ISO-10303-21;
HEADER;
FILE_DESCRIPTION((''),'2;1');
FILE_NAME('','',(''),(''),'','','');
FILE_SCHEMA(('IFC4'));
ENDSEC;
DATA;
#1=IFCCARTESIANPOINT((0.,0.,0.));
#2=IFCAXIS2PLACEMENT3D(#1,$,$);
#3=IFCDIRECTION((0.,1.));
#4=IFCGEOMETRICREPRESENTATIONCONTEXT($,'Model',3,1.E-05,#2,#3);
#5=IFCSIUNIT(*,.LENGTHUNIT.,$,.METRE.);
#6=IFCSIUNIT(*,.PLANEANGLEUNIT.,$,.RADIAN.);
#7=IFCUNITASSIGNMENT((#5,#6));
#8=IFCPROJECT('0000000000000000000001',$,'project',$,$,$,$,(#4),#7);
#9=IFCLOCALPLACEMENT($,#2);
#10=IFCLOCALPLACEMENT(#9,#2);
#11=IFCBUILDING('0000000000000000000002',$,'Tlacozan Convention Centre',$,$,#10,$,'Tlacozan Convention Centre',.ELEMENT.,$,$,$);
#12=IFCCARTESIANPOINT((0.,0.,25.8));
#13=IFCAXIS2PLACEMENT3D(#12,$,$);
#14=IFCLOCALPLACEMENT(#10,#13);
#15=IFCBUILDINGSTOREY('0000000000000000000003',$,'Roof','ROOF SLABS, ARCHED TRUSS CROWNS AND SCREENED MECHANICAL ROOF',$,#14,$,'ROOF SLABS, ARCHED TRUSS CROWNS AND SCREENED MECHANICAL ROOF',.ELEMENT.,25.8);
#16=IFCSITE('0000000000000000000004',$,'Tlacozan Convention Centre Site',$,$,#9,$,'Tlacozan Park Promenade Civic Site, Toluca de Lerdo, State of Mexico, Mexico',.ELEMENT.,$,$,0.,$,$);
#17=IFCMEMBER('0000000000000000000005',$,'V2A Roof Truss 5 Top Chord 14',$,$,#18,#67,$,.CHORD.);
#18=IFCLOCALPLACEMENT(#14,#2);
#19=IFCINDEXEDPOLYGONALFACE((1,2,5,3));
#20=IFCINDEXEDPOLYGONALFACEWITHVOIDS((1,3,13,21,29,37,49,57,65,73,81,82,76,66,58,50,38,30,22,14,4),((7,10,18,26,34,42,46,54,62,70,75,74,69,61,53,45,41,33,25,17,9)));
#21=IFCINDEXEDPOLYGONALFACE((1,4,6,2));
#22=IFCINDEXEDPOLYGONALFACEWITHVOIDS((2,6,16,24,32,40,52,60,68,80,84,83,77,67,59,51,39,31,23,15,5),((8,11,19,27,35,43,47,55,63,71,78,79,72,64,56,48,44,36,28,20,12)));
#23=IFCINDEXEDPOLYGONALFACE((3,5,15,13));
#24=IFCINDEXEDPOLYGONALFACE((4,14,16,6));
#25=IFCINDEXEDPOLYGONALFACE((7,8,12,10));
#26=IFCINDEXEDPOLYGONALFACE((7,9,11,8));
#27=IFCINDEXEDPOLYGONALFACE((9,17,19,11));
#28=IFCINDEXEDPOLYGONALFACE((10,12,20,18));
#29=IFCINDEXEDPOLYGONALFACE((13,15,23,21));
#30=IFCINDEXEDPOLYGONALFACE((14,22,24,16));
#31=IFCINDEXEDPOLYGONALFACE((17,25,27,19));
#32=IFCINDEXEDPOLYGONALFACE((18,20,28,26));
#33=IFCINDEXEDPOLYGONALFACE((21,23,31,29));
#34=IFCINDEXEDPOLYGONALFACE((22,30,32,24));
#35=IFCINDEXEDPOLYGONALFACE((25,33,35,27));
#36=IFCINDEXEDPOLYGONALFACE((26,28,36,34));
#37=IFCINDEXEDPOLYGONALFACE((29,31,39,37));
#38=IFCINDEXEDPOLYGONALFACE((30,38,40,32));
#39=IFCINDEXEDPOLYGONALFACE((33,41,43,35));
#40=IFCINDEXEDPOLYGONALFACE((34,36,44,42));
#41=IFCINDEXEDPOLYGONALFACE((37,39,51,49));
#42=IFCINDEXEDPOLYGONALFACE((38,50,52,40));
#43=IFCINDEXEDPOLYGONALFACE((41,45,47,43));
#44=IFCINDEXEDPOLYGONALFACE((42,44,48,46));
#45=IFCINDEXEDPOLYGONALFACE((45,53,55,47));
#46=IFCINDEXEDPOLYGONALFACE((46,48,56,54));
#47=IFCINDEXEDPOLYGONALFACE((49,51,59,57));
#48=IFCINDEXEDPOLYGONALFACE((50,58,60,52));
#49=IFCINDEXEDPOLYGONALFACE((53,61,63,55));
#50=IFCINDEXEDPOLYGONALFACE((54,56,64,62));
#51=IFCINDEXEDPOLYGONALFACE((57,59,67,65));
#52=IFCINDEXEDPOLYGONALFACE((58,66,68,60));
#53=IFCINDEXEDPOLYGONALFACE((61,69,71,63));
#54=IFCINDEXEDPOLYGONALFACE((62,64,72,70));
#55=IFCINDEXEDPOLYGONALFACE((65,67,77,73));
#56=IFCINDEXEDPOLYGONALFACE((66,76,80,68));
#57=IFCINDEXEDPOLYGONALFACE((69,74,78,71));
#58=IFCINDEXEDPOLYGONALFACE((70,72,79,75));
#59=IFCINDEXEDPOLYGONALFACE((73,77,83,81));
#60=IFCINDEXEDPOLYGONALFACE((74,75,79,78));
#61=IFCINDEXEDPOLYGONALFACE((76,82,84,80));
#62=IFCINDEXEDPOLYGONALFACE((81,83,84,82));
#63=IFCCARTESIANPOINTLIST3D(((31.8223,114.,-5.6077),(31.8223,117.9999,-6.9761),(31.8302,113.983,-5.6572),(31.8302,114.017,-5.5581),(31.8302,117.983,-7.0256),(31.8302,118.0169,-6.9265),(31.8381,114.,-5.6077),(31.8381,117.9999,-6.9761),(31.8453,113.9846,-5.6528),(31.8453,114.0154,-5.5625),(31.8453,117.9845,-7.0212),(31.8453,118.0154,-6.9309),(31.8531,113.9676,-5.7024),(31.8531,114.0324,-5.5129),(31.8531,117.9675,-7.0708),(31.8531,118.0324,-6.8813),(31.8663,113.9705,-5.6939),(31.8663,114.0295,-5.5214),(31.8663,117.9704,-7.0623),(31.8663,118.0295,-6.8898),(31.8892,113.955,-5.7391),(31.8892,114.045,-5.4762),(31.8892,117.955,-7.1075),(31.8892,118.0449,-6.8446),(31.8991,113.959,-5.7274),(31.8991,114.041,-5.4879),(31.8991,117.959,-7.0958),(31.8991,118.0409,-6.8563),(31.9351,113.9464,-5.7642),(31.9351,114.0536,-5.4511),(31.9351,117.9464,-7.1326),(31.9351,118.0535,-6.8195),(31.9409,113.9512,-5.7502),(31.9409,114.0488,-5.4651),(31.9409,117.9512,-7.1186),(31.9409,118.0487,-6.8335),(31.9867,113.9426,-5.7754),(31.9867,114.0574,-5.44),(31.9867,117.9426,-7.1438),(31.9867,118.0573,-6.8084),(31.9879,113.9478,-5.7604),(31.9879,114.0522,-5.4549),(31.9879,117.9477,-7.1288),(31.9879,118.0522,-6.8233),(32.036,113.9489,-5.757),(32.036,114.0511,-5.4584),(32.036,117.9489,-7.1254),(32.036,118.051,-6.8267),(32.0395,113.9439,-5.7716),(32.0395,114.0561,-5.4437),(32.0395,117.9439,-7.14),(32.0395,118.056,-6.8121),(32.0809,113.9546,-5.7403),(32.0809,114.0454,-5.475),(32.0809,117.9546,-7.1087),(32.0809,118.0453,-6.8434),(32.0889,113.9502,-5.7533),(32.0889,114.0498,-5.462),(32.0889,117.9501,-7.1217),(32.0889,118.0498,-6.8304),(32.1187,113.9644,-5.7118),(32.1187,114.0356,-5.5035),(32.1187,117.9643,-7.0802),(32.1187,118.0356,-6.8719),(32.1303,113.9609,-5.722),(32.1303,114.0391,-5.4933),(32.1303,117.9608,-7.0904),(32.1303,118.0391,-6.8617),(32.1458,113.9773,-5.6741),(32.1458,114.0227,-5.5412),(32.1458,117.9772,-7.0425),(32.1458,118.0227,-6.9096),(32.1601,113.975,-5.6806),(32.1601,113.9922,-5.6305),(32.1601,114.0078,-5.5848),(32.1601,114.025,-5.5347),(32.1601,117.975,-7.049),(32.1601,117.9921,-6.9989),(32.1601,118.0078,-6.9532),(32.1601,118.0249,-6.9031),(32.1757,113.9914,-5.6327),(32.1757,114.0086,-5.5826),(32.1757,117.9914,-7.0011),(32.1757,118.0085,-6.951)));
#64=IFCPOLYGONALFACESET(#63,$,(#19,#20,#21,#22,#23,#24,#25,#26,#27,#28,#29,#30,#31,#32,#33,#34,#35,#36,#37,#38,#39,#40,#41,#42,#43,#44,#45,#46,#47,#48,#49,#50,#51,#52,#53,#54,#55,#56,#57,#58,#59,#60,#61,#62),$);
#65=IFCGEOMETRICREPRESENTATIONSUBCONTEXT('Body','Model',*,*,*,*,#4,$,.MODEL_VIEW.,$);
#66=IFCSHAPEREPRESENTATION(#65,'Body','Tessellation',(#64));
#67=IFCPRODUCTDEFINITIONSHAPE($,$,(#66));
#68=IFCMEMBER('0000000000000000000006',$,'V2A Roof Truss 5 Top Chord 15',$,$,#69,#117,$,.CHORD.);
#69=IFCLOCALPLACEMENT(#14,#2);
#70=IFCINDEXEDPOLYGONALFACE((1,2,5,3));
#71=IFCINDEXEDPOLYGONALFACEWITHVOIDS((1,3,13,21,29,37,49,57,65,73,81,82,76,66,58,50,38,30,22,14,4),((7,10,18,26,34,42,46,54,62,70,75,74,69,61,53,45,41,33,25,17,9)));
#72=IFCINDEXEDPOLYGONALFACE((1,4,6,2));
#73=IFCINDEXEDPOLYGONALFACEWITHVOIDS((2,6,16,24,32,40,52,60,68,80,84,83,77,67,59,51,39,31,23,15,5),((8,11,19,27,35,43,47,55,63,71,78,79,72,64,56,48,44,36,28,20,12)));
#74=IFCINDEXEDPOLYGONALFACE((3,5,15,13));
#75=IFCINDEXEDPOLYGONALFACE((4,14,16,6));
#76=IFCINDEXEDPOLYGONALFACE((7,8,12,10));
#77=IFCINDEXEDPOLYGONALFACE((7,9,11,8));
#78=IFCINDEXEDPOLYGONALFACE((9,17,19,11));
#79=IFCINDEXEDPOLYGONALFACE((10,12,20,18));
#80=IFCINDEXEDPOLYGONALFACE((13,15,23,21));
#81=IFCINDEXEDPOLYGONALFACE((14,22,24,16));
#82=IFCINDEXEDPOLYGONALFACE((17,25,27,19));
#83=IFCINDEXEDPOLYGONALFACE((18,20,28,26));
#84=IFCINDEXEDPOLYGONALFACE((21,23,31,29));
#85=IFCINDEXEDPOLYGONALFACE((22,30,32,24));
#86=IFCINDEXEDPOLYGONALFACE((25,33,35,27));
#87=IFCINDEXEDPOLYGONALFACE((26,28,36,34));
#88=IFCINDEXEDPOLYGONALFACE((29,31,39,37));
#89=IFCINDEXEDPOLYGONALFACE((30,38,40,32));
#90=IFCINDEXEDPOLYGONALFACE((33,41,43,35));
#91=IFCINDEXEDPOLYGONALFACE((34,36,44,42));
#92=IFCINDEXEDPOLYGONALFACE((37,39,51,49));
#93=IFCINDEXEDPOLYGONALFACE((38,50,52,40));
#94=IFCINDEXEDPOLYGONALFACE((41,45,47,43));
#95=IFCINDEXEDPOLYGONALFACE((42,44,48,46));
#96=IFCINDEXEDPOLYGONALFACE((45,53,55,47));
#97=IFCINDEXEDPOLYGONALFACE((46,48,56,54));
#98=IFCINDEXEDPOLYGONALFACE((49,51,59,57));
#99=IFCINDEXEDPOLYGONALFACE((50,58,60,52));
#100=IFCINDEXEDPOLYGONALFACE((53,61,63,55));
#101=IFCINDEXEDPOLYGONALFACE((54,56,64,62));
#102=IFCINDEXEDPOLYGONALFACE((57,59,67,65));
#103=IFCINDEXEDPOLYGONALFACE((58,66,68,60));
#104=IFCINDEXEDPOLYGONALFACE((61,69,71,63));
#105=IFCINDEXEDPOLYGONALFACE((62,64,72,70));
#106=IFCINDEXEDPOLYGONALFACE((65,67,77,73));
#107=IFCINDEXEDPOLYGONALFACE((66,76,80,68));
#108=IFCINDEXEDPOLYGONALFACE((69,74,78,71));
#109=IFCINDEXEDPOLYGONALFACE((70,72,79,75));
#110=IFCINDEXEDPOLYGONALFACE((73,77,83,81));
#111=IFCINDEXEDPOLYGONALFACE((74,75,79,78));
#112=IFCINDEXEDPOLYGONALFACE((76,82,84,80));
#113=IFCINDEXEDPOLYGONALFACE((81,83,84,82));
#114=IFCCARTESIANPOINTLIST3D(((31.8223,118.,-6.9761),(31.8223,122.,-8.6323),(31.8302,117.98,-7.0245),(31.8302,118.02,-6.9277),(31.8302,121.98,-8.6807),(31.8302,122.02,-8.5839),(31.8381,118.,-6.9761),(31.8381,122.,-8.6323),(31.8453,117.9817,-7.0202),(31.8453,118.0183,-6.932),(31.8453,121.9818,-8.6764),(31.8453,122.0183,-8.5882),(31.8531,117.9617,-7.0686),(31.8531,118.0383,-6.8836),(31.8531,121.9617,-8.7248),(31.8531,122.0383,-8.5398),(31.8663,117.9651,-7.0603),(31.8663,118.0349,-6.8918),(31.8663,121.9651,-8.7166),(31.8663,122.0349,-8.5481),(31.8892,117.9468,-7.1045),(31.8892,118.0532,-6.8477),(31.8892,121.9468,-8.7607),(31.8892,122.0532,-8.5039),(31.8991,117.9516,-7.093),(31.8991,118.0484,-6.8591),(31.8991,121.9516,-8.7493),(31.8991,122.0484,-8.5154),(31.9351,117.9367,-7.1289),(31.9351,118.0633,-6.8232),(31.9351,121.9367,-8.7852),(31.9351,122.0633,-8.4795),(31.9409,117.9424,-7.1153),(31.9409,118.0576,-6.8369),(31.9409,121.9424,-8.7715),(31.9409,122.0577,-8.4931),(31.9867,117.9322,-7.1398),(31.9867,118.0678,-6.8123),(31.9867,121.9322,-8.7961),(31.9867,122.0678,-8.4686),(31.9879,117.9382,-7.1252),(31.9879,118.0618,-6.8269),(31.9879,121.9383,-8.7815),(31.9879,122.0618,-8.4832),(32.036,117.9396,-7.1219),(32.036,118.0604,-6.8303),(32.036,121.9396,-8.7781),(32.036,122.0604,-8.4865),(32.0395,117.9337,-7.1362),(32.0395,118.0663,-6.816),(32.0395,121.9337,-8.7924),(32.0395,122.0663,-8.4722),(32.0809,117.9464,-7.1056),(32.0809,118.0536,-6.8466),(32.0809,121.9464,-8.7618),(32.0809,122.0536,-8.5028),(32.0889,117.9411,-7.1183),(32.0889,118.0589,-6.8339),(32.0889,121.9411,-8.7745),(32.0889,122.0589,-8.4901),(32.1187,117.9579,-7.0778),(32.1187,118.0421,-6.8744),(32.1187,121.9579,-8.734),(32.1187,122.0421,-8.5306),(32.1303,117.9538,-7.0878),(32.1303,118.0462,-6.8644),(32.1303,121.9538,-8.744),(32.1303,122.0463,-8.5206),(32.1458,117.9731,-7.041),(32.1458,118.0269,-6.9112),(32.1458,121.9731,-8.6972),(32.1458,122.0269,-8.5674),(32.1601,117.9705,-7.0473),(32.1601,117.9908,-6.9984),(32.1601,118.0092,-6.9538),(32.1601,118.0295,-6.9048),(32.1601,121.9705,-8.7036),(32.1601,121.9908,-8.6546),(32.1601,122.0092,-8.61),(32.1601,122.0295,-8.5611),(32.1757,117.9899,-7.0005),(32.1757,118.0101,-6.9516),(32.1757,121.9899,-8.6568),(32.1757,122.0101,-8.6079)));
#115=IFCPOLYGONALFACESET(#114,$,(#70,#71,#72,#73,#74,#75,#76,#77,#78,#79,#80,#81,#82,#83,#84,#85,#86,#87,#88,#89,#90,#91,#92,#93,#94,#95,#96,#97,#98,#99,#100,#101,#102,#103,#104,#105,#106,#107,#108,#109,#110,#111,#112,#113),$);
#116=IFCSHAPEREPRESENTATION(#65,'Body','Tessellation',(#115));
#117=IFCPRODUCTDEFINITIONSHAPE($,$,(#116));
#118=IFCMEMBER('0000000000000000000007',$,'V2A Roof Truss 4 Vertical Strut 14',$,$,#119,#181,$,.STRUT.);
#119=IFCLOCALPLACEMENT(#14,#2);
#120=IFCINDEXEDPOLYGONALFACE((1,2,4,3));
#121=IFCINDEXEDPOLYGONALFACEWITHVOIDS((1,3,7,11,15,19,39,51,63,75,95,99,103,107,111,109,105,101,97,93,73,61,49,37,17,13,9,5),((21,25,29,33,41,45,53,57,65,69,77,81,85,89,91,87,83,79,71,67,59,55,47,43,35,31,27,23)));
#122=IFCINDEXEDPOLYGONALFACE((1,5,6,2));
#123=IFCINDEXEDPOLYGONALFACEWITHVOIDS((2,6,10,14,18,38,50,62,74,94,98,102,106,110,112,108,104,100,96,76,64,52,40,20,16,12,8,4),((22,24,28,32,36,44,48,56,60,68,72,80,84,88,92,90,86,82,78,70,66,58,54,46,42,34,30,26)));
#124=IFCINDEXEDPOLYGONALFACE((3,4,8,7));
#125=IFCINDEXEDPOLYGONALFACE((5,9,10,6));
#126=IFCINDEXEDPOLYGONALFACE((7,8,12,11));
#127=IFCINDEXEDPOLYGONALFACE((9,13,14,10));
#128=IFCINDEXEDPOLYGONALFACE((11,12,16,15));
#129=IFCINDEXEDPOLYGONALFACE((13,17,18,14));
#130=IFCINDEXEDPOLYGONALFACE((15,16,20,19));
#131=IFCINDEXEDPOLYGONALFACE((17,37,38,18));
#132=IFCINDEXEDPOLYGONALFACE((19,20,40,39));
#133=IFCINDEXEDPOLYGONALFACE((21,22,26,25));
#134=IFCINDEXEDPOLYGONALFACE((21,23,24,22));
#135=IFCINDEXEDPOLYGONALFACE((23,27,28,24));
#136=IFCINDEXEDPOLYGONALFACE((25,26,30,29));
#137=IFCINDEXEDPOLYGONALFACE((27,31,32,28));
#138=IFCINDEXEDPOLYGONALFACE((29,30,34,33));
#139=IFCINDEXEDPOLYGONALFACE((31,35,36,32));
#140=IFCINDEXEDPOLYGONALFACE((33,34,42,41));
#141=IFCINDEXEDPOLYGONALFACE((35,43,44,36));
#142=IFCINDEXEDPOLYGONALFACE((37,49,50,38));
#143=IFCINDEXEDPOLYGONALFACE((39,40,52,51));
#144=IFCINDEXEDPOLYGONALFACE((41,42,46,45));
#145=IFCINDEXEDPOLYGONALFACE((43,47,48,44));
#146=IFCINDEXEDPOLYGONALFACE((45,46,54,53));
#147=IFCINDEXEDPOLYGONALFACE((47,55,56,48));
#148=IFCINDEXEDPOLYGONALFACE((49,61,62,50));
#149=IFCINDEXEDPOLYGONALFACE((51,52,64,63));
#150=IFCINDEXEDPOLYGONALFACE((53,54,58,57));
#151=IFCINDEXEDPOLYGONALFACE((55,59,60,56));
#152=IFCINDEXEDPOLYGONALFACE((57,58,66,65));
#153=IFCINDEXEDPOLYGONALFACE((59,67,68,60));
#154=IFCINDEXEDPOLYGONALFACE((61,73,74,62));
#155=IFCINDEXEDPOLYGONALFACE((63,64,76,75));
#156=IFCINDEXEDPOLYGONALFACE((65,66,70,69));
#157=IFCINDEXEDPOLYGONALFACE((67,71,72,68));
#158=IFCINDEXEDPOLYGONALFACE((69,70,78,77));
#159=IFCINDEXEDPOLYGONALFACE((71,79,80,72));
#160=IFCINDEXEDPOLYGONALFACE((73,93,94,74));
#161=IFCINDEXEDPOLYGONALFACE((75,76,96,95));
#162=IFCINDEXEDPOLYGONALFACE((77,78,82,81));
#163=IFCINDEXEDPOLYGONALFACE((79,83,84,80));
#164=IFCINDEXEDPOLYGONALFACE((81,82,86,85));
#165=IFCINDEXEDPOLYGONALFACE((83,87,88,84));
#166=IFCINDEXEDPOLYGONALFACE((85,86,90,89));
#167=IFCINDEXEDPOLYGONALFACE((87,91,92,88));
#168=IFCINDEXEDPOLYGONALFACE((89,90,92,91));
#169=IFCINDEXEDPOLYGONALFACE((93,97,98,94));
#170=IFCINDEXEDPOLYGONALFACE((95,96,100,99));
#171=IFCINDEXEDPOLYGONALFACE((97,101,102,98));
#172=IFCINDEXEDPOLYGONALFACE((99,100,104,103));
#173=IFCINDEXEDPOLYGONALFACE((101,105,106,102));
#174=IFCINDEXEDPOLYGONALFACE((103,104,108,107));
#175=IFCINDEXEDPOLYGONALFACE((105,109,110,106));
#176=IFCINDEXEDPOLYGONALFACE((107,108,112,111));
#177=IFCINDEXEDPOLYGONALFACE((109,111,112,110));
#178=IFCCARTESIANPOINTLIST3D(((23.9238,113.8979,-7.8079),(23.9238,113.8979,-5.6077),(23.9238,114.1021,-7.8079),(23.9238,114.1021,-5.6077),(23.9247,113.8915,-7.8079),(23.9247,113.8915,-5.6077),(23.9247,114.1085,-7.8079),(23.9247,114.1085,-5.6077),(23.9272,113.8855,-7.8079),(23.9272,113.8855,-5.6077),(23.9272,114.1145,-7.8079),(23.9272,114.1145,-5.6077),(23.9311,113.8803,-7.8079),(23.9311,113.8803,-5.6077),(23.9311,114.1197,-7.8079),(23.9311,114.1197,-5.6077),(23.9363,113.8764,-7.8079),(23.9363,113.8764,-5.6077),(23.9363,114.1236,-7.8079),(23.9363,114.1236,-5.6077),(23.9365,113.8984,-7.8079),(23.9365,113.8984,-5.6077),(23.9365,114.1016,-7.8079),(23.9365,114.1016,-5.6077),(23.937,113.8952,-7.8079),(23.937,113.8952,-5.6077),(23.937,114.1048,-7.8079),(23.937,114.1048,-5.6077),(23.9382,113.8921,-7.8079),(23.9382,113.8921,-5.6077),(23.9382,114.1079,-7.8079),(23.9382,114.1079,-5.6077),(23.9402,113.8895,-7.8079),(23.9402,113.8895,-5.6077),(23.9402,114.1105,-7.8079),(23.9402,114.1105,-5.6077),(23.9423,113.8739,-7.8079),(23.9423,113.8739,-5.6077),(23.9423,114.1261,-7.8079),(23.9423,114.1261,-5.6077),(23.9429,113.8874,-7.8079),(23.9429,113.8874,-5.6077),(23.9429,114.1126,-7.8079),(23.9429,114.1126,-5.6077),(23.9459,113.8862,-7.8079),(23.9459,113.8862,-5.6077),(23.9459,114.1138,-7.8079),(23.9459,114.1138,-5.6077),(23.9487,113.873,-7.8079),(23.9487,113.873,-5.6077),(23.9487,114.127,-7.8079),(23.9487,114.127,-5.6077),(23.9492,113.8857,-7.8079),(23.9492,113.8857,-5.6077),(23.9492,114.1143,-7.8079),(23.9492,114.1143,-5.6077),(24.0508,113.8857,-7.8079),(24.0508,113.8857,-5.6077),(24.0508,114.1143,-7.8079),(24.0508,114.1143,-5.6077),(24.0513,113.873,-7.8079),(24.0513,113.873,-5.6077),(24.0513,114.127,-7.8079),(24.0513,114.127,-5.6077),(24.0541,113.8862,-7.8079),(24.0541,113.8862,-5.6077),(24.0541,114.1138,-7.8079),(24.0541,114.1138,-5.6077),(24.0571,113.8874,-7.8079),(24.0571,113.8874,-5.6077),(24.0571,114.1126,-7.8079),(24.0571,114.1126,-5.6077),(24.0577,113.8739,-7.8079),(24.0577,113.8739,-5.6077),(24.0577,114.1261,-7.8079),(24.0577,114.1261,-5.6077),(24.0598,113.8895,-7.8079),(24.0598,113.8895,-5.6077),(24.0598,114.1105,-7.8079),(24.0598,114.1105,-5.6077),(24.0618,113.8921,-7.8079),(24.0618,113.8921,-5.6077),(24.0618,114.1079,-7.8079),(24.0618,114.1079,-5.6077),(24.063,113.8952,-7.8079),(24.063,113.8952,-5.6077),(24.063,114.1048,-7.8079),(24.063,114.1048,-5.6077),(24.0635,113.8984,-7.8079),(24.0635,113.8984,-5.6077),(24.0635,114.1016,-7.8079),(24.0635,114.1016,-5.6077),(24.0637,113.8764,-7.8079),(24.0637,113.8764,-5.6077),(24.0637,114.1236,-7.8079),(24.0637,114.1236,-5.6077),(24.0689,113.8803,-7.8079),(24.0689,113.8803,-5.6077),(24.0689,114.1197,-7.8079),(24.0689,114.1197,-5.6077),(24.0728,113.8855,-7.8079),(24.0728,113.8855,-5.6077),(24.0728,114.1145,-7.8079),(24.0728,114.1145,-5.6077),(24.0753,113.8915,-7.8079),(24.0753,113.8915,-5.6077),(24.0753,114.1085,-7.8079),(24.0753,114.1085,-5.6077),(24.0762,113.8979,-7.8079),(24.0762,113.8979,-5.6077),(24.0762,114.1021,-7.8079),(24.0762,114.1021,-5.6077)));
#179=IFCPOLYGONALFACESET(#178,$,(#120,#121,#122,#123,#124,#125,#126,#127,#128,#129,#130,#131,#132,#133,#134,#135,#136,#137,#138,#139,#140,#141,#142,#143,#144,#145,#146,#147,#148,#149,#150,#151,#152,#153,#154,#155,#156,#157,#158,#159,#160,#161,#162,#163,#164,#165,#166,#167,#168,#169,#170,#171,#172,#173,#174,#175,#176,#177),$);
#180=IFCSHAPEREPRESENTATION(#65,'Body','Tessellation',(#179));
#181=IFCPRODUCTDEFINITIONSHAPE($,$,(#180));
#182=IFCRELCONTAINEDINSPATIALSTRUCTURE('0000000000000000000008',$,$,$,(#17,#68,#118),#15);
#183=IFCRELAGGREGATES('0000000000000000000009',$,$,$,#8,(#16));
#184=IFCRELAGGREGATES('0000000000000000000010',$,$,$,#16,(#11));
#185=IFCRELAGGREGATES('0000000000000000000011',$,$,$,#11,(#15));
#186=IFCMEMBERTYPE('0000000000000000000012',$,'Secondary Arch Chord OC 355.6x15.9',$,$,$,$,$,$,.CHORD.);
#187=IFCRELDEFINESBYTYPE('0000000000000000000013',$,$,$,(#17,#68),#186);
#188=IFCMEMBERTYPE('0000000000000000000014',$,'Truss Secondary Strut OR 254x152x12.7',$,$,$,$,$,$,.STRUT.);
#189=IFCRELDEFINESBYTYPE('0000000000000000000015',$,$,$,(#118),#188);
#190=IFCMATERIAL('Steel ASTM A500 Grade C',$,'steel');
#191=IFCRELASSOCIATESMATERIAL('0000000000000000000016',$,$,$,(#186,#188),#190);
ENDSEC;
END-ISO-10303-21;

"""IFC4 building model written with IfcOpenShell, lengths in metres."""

from ifc_helpers import new_model, si_unit, direction, frame, origin, origin_2d, place, context, subcontext, project, spatial, hollow_rectangle, hollow_circle, extrude, material, material_profile, profile_set, type_object, element, save


model = new_model("IFC4")

# Units and contexts
model_context = context("Model", 3, precision=1e-05, world=origin(), true_north=direction((0.0, 1.0)))
body_context = subcontext(model_context, "Body", "Model", "MODEL_VIEW")
ifc_project = project(units=[si_unit("LENGTHUNIT", "METRE"), si_unit("PLANEANGLEUNIT", "RADIAN")], contexts=[model_context])

# Site, building, storey
site_placement = place(None, origin())
site = spatial("IfcSite", under=ifc_project, at=site_placement, Name="Tlacozan Convention Centre Site", LongName="Tlacozan Park Promenade Civic Site, Toluca de Lerdo, State of Mexico, Mexico", CompositionType="ELEMENT", RefElevation=0.0)
building_placement = place(site_placement, origin())
building = spatial("IfcBuilding", under=site, at=building_placement, Name="Tlacozan Convention Centre", LongName="Tlacozan Convention Centre", CompositionType="ELEMENT")
storey_placement = place(building_placement, frame((0.0, 0.0, 25.8)))
storey = spatial("IfcBuildingStorey", under=building, at=storey_placement, Name="Roof", Description="ROOF SLABS, ARCHED TRUSS CROWNS AND SCREENED MECHANICAL ROOF", LongName="ROOF SLABS, ARCHED TRUSS CROWNS AND SCREENED MECHANICAL ROOF", CompositionType="ELEMENT", Elevation=25.8)

# Members
ifc_material_1 = material(Name="Steel ASTM A500 Grade C", Category="steel")
ifc_material_profile_1 = material_profile(ifc_material_1, hollow_circle(Radius=0.1777, WallThickness=0.0159, at=origin_2d()), Name="OC 355.6x15.9")
ifc_profile_set_1 = profile_set([ifc_material_profile_1], Name="Steel ASTM A500 Grade C")
member_type_1 = type_object("IfcMemberType", Name="Secondary Arch Chord OC 355.6x15.9", PredefinedType="CHORD", material=ifc_profile_set_1)
member_1_placement = place(storey_placement, frame((32.0, 114.0, -5.6077), z_axis=(0.0, 0.946165, -0.323685), x_axis=(-1.0, 0.0, 0.0)))
element("IfcMember", 1, at=member_1_placement, inside=storey, type_object=member_type_1, Name="V2A Roof Truss 5 Top Chord 14", PredefinedType="CHORD", context=body_context, shape_type="SweptSolid", body=[
    extrude(hollow_circle(Radius=0.1777, WallThickness=0.0159, at=origin_2d()), origin(), (0.0, 0.0, 1.0), 4.2275),
])
member_2_placement = place(storey_placement, frame((32.0, 118.0, -6.9761), z_axis=(0.0, 0.923929, -0.382564), x_axis=(-1.0, 0.0, 0.0)))
element("IfcMember", 2, at=member_2_placement, inside=storey, type_object=member_type_1, Name="V2A Roof Truss 5 Top Chord 15", PredefinedType="CHORD", context=body_context, shape_type="SweptSolid", body=[
    extrude(hollow_circle(Radius=0.1777, WallThickness=0.0159, at=origin_2d()), origin(), (0.0, 0.0, 1.0), 4.3293),
])
ifc_material_profile_2 = material_profile(ifc_material_1, hollow_rectangle(XDim=0.1523, YDim=0.2539, WallThickness=0.0127, InnerFilletRadius=0.0127, OuterFilletRadius=0.0249, at=origin_2d()), Name="OR 254x152x12.7")
ifc_profile_set_2 = profile_set([ifc_material_profile_2], Name="Steel ASTM A500 Grade C")
member_type_2 = type_object("IfcMemberType", Name="Truss Secondary Strut OR 254x152x12.7", PredefinedType="STRUT", material=ifc_profile_set_2)
for number, where, z_axis, x_axis, name in (
    (3, (24.0, 114.0, -7.8079), (0.0, 0.0, 1.0), (1.0, 0.0, 0.0), "V2A Roof Truss 4 Vertical Strut 14"),
):
    element("IfcMember", number, at=place(storey_placement, frame(where, z_axis=z_axis, x_axis=x_axis)), inside=storey, type_object=member_type_2, Name=name, PredefinedType="STRUT", context=body_context, shape_type="SweptSolid", body=[
        extrude(hollow_rectangle(XDim=0.1523, YDim=0.2539, WallThickness=0.0127, InnerFilletRadius=0.0127, OuterFilletRadius=0.0249, at=origin_2d()), origin(), (0.0, 0.0, 1.0), 2.2002),
    ])

save(model, "model.ifc")
